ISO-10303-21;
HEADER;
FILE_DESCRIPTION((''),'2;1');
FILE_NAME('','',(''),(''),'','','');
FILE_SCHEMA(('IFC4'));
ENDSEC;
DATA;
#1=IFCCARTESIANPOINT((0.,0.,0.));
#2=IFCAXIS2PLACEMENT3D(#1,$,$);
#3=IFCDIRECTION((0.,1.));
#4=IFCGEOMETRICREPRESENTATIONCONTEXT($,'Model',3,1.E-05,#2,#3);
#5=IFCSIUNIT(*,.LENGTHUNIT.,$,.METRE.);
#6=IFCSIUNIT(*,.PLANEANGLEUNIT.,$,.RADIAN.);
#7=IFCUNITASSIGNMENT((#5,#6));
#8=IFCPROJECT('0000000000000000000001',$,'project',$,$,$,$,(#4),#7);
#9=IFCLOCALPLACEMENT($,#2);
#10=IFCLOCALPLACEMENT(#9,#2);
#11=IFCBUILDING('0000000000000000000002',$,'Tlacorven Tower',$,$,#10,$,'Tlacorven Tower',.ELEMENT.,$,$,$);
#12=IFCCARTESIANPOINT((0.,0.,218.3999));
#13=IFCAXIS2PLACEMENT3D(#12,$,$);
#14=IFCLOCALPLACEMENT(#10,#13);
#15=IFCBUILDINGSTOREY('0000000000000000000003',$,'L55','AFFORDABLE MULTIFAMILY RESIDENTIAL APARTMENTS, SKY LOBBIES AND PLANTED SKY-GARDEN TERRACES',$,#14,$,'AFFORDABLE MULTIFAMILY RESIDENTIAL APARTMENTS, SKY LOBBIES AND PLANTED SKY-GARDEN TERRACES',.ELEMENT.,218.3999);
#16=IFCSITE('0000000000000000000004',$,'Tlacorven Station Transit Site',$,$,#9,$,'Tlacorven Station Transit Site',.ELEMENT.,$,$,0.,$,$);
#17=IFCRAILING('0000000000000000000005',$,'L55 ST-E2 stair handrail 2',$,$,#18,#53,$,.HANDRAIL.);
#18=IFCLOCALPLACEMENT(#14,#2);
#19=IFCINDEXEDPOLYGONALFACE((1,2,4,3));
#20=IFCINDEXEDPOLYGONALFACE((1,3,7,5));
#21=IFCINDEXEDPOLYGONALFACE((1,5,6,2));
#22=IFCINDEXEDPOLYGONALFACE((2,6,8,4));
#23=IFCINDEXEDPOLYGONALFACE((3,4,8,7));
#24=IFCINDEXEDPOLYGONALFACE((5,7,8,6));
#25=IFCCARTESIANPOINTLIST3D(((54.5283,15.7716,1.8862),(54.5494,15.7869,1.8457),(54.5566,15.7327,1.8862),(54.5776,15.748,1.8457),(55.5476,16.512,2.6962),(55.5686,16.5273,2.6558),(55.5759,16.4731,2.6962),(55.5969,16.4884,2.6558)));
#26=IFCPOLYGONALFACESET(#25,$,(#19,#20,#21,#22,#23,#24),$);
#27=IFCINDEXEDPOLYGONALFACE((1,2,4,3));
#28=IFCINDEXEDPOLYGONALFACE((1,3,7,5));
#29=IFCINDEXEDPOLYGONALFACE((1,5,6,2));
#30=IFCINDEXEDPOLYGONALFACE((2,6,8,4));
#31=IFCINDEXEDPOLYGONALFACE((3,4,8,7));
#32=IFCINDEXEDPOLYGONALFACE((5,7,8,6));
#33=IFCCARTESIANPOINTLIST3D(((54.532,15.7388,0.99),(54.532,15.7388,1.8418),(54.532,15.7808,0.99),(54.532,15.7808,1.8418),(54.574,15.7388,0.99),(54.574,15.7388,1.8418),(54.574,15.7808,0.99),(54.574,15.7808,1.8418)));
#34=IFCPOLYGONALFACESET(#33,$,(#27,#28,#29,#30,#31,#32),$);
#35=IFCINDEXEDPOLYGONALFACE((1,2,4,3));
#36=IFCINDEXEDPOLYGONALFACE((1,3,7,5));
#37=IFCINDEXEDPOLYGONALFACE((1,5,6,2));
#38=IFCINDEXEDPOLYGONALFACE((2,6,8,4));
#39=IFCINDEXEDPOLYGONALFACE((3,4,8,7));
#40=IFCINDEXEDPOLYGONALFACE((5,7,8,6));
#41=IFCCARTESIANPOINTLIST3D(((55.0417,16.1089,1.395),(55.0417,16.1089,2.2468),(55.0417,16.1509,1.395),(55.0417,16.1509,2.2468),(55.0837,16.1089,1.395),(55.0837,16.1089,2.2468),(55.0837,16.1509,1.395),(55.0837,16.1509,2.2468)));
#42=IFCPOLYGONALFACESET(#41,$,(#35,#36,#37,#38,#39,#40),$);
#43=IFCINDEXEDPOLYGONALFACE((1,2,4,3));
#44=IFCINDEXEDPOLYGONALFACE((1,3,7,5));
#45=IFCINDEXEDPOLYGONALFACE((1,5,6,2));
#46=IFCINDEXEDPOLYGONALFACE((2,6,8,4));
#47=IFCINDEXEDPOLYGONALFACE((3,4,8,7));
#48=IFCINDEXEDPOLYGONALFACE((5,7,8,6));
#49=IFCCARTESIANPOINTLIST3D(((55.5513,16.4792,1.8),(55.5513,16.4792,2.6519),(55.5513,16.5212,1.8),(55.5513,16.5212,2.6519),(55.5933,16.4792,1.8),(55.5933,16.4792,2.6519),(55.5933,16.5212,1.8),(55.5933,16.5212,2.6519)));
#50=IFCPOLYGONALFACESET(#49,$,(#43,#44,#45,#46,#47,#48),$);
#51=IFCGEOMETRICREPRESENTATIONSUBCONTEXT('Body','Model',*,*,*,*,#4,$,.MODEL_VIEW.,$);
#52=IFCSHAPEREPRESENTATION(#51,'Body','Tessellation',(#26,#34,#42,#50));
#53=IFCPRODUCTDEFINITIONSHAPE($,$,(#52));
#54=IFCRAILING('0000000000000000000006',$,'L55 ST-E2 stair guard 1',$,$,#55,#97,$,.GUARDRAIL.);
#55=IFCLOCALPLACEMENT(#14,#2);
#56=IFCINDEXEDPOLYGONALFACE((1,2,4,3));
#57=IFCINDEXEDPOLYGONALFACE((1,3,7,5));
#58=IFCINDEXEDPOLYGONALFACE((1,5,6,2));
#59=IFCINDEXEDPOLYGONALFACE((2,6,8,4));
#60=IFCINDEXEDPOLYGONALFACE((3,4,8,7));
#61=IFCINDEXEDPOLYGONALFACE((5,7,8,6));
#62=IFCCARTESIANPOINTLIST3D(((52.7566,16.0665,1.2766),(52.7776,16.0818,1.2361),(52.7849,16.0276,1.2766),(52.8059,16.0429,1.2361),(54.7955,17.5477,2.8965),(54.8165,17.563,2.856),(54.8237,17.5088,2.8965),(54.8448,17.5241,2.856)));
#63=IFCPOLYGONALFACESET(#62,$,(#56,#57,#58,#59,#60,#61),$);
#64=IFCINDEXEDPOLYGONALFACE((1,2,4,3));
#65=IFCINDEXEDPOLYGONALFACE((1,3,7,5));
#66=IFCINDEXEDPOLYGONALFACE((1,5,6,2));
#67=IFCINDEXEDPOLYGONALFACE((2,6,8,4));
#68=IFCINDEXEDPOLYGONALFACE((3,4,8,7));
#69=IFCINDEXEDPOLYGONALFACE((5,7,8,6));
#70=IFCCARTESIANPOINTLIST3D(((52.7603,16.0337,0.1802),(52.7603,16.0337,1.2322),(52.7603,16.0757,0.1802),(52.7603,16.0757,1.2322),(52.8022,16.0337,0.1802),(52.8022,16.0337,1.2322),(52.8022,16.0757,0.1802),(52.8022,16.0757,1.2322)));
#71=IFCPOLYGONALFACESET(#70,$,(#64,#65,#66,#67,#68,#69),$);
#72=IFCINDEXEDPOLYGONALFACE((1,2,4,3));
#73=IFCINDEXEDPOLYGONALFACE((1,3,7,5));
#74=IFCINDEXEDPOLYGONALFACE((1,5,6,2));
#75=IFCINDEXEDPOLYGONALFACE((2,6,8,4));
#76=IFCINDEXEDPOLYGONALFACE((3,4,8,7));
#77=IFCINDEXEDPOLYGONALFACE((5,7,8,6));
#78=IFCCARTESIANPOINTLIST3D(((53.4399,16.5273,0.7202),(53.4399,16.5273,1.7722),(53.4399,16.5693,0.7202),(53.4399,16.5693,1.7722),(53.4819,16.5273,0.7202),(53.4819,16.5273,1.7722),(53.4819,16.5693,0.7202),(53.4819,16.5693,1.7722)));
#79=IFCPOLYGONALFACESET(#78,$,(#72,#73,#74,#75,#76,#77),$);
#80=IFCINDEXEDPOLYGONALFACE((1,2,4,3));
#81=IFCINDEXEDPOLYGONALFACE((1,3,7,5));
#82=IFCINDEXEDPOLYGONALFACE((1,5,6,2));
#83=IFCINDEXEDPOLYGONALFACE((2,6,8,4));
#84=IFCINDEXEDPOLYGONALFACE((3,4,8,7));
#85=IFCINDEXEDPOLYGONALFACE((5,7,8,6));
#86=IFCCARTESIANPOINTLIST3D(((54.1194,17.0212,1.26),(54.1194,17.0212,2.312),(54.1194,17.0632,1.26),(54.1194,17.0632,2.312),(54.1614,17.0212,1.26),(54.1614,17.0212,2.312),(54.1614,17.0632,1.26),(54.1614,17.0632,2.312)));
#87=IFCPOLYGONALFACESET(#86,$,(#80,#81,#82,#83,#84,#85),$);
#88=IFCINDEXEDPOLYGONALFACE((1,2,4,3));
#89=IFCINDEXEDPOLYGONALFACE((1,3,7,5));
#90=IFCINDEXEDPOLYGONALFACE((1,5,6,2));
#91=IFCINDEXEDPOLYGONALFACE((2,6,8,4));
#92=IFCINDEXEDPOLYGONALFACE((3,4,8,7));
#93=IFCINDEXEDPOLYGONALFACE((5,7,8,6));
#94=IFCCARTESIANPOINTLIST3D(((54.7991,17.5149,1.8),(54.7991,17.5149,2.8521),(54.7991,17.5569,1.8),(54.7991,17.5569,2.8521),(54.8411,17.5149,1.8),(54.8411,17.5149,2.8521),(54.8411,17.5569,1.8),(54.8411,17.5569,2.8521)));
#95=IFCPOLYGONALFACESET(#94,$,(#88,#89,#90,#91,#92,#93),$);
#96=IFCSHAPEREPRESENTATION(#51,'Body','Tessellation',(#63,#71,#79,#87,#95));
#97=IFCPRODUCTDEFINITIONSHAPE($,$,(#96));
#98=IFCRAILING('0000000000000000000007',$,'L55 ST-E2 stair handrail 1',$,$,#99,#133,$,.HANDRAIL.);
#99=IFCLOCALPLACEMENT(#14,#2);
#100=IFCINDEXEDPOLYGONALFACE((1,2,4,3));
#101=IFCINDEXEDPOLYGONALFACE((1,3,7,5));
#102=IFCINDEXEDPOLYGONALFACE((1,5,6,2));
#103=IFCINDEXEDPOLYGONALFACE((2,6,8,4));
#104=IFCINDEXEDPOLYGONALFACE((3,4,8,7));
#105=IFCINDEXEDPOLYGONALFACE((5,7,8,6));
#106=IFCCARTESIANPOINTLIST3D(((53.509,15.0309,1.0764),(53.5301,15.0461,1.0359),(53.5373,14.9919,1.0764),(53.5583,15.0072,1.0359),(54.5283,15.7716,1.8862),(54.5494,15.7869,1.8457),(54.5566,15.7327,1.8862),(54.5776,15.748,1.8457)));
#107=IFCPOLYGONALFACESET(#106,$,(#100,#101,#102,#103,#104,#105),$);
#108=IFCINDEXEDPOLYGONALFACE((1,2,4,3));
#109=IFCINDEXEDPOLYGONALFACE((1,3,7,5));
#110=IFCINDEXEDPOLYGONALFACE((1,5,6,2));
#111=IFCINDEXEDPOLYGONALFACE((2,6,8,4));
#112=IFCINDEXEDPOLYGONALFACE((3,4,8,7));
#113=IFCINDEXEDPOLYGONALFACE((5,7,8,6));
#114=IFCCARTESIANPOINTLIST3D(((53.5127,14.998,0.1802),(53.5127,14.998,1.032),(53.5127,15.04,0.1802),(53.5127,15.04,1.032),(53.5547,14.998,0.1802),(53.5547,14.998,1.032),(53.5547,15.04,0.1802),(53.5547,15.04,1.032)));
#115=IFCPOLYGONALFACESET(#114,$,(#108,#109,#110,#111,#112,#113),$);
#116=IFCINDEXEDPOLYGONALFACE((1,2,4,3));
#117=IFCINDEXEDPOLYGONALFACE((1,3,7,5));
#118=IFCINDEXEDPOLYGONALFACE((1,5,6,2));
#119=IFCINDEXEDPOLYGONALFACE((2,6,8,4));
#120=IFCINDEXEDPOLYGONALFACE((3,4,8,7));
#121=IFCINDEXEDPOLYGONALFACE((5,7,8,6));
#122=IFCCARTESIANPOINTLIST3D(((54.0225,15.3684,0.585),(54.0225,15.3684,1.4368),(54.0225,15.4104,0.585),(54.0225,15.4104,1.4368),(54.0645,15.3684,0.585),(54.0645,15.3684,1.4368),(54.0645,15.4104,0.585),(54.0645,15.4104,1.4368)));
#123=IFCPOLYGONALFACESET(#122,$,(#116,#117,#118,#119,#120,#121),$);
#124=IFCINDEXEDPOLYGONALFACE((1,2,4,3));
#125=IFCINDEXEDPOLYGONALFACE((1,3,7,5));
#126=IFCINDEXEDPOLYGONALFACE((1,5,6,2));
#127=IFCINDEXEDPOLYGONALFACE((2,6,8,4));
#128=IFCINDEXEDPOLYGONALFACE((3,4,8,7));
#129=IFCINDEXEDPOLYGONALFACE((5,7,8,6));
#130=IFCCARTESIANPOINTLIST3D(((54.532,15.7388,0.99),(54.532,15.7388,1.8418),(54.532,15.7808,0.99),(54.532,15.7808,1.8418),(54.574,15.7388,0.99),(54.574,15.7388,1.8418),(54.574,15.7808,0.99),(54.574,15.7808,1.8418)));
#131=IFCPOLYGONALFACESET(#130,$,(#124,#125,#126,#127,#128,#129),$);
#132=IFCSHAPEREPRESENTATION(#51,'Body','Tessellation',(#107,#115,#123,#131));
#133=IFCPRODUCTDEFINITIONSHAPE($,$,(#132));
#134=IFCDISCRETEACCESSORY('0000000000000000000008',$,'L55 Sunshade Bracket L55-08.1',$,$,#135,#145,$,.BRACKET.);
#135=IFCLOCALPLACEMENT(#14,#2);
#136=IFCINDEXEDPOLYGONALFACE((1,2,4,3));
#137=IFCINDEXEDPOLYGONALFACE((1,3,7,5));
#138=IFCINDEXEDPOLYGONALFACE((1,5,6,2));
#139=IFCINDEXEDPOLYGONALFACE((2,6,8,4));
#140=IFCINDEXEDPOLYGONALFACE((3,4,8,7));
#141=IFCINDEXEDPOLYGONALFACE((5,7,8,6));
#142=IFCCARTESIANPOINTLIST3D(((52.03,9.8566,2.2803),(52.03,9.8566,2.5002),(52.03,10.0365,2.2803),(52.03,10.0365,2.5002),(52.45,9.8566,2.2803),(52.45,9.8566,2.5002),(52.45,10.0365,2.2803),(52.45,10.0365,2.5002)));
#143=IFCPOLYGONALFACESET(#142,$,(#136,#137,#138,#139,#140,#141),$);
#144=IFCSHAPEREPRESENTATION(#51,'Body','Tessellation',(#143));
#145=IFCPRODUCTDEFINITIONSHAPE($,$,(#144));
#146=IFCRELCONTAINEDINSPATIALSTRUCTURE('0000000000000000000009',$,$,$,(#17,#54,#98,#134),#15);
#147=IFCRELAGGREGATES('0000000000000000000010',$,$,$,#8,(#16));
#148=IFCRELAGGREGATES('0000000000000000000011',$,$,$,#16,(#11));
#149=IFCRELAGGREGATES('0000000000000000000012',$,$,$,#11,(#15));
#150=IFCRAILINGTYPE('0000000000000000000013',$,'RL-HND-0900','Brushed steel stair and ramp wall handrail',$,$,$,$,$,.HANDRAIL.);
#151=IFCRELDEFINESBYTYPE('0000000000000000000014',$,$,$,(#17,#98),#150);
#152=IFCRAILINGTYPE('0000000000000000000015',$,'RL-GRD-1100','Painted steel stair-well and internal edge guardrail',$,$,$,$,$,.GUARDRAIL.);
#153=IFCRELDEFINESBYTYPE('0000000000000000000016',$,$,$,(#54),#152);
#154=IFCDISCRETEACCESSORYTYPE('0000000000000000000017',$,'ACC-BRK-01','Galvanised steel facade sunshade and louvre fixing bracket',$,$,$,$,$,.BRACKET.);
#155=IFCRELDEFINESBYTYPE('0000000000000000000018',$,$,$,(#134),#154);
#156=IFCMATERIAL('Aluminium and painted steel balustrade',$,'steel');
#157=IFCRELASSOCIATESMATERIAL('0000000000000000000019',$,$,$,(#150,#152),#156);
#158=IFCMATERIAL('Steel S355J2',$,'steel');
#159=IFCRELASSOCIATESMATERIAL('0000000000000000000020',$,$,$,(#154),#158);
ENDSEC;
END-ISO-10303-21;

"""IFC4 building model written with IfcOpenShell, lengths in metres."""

from ifc_helpers import new_model, si_unit, direction, frame, origin, origin_2d, place, context, subcontext, project, spatial, rectangle, extrude, source, transform, mapped, material, type_object, element, save


model = new_model("IFC4")

# Units and contexts
model_context = context("Model", 3, precision=1e-05, world=origin(), true_north=direction((0.0, 1.0)))
body_context = subcontext(model_context, "Body", "Model", "MODEL_VIEW")
ifc_project = project(units=[si_unit("LENGTHUNIT", "METRE"), si_unit("PLANEANGLEUNIT", "RADIAN")], contexts=[model_context])

# Site, building, storey
site_placement = place(None, origin())
site = spatial("IfcSite", under=ifc_project, at=site_placement, Name="Tlacorven Station Transit Site", LongName="Tlacorven Station Transit Site", CompositionType="ELEMENT", RefElevation=0.0)
building_placement = place(site_placement, origin())
building = spatial("IfcBuilding", under=site, at=building_placement, Name="Tlacorven Tower", LongName="Tlacorven Tower", CompositionType="ELEMENT")
storey_placement = place(building_placement, frame((0.0, 0.0, 218.3999)))
storey = spatial("IfcBuildingStorey", under=building, at=storey_placement, Name="L55", Description="AFFORDABLE MULTIFAMILY RESIDENTIAL APARTMENTS, SKY LOBBIES AND PLANTED SKY-GARDEN TERRACES", LongName="AFFORDABLE MULTIFAMILY RESIDENTIAL APARTMENTS, SKY LOBBIES AND PLANTED SKY-GARDEN TERRACES", CompositionType="ELEMENT", Elevation=218.3999)

# Railings
ifc_material_1 = material(Name="Aluminium and painted steel balustrade", Category="steel")
railing_type_1 = type_object("IfcRailingType", Name="RL-HND-0900", Description="Brushed steel stair and ramp wall handrail", PredefinedType="HANDRAIL", material=ifc_material_1)
shared_shape_1 = source(origin(), body_context, "Body", "SweptSolid", [
    extrude(rectangle(XDim=0.0481, YDim=0.0481, at=origin_2d()), frame((0.0, 0.0, 0.876), z_axis=(0.680516, 0.494373, 0.540827), x_axis=(-0.587745, 0.809046, 0.0)), (0.0, 0.0, 1.0), 1.4978),
    extrude(rectangle(XDim=0.042, YDim=0.042, at=origin_2d()), origin(), (0.0, 0.0, 1.0), 0.8518),
    extrude(rectangle(XDim=0.042, YDim=0.042, at=origin_2d()), frame((0.5098, 0.3701, 0.405)), (0.0, 0.0, 1.0), 0.8518),
    extrude(rectangle(XDim=0.042, YDim=0.042, at=origin_2d()), frame((1.0193, 0.7405, 0.8101)), (0.0, 0.0, 1.0), 0.8518),
])
railing_1_placement = place(storey_placement, frame((54.553, 15.7598, 0.99)))
element("IfcRailing", 1, at=railing_1_placement, inside=storey, type_object=railing_type_1, Name="L55 ST-E2 stair handrail 2", PredefinedType="HANDRAIL", context=body_context, shape_type="MappedRepresentation", body=[
    mapped(shared_shape_1, transform((0.0, 0.0, 0.0), scale=1.0)),
])
railing_type_2 = type_object("IfcRailingType", Name="RL-GRD-1100", Description="Painted steel stair-well and internal edge guardrail", PredefinedType="GUARDRAIL", material=ifc_material_1)
shared_shape_2 = source(origin(), body_context, "Body", "SweptSolid", [
    extrude(rectangle(XDim=0.0481, YDim=0.0481, at=origin_2d()), frame((0.0, 0.0, 1.0762), z_axis=(0.680562, 0.494428, 0.540717), x_axis=(-0.587763, 0.809033, 0.0)), (0.0, 0.0, 1.0), 2.9958),
    extrude(rectangle(XDim=0.042, YDim=0.042, at=origin_2d()), origin(), (0.0, 0.0, 1.0), 1.052),
    extrude(rectangle(XDim=0.042, YDim=0.042, at=origin_2d()), frame((0.6797, 0.4937, 0.54)), (0.0, 0.0, 1.0), 1.052),
    extrude(rectangle(XDim=0.042, YDim=0.042, at=origin_2d()), frame((1.3591, 0.9875, 1.0798)), (0.0, 0.0, 1.0), 1.052),
    extrude(rectangle(XDim=0.042, YDim=0.042, at=origin_2d()), frame((2.0388, 1.4812, 1.6199)), (0.0, 0.0, 1.0), 1.052),
])
railing_2_placement = place(storey_placement, frame((52.7812, 16.0547, 0.1802)))
element("IfcRailing", 2, at=railing_2_placement, inside=storey, type_object=railing_type_2, Name="L55 ST-E2 stair guard 1", PredefinedType="GUARDRAIL", context=body_context, shape_type="MappedRepresentation", body=[
    mapped(shared_shape_2, transform((0.0, 0.0, 0.0), scale=1.0)),
])
shared_shape_3 = source(origin(), body_context, "Body", "SweptSolid", [
    extrude(rectangle(XDim=0.0481, YDim=0.0481, at=origin_2d()), frame((0.0, 0.0, 0.876), z_axis=(0.680521, 0.494539, 0.540668), x_axis=(-0.587872, 0.808954, 0.0)), (0.0, 0.0, 1.0), 1.4978),
    extrude(rectangle(XDim=0.042, YDim=0.042, at=origin_2d()), origin(), (0.0, 0.0, 1.0), 0.8518),
    extrude(rectangle(XDim=0.042, YDim=0.042, at=origin_2d()), frame((0.5098, 0.3704, 0.4048)), (0.0, 0.0, 1.0), 0.8518),
    extrude(rectangle(XDim=0.042, YDim=0.042, at=origin_2d()), frame((1.0193, 0.7407, 0.8098)), (0.0, 0.0, 1.0), 0.8518),
])
railing_3_placement = place(storey_placement, frame((53.5337, 15.019, 0.1802)))
element("IfcRailing", 3, at=railing_3_placement, inside=storey, type_object=railing_type_1, Name="L55 ST-E2 stair handrail 1", PredefinedType="HANDRAIL", context=body_context, shape_type="MappedRepresentation", body=[
    mapped(shared_shape_3, transform((0.0, 0.0, 0.0), scale=1.0)),
])

# Discrete accessory
ifc_material_2 = material(Name="Steel S355J2", Category="steel")
discrete_accessory_type = type_object("IfcDiscreteAccessoryType", Name="ACC-BRK-01", Description="Galvanised steel facade sunshade and louvre fixing bracket", PredefinedType="BRACKET", material=ifc_material_2)
shared_shape_4 = source(origin(), body_context, "Body", "SweptSolid", [
    extrude(rectangle(XDim=0.1799, YDim=0.4199, at=origin_2d()), origin(), (0.0, 0.0, 1.0), 0.22),
])
discrete_accessory_placement = place(storey_placement, frame((52.24, 9.9465, 2.2803), z_axis=(0.0, 0.0, 1.0), x_axis=(0.0, -1.0, 0.0)))
element("IfcDiscreteAccessory", 4, at=discrete_accessory_placement, inside=storey, type_object=discrete_accessory_type, Name="L55 Sunshade Bracket L55-08.1", PredefinedType="BRACKET", context=body_context, shape_type="MappedRepresentation", body=[
    mapped(shared_shape_4, transform((0.0, 0.0, 0.0), scale=1.0)),
])

save(model, "model.ifc")
